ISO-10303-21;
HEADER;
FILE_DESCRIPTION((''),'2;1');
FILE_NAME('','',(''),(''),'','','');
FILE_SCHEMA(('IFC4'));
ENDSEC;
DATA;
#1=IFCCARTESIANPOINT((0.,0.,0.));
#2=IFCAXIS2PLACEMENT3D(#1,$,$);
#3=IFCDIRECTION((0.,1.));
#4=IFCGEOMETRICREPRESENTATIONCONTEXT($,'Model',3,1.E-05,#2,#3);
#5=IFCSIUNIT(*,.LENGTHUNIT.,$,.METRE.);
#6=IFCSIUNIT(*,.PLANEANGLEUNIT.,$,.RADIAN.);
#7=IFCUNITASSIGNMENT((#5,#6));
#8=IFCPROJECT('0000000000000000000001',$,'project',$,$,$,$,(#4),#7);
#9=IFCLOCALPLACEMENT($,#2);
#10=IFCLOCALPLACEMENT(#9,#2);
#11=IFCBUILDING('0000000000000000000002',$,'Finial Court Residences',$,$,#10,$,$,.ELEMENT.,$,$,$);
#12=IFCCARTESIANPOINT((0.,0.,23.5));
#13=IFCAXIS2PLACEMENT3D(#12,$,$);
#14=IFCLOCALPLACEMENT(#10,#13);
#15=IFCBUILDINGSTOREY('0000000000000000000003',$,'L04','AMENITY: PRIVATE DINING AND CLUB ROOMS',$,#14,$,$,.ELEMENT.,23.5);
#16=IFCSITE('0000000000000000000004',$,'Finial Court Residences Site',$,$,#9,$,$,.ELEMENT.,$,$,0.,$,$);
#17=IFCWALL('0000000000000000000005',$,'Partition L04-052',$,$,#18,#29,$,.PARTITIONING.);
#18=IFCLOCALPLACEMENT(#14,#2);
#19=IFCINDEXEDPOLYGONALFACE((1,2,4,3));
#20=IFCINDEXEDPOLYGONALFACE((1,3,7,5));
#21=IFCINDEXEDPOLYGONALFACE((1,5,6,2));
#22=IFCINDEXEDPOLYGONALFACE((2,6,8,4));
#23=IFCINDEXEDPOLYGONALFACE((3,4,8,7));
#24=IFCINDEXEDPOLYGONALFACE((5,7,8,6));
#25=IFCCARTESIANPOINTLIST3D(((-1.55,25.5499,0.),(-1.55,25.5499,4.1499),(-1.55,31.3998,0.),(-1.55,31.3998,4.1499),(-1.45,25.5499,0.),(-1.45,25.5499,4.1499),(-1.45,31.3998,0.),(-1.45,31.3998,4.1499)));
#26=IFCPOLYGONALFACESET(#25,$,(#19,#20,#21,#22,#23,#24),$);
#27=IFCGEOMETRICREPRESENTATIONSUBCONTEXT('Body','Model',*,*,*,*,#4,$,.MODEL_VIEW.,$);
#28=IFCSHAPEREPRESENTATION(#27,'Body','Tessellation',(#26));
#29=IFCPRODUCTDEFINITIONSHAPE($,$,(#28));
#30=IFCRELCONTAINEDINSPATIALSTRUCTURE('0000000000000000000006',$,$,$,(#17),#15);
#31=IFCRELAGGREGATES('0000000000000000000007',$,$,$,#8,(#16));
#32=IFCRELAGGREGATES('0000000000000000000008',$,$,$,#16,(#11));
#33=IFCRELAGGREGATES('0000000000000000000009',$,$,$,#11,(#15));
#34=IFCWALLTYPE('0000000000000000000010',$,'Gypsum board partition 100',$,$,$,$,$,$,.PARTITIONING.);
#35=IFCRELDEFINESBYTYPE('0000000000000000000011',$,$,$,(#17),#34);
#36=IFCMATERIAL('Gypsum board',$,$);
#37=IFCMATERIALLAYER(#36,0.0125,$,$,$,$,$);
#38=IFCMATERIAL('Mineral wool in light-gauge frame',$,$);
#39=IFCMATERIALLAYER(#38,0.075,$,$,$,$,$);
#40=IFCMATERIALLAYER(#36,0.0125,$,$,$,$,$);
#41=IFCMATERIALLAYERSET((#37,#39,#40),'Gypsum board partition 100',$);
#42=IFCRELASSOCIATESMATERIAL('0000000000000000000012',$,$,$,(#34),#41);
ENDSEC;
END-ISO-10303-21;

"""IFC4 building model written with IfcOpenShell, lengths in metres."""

from ifc_helpers import new_model, si_unit, direction, frame, frame_2d, origin, place, context, subcontext, project, spatial, rectangle, extrude, material, layer, layer_set, type_object, element, save


model = new_model("IFC4")

# Units and contexts
model_context = context("Model", 3, precision=1e-05, world=origin(), true_north=direction((0.0, 1.0)))
body_context = subcontext(model_context, "Body", "Model", "MODEL_VIEW")
ifc_project = project(units=[si_unit("LENGTHUNIT", "METRE"), si_unit("PLANEANGLEUNIT", "RADIAN")], contexts=[model_context])

# Site, building, storey
site_placement = place(None, origin())
site = spatial("IfcSite", under=ifc_project, at=site_placement, Name="Finial Court Residences Site", CompositionType="ELEMENT", RefElevation=0.0)
building_placement = place(site_placement, origin())
building = spatial("IfcBuilding", under=site, at=building_placement, Name="Finial Court Residences", CompositionType="ELEMENT")
storey_placement = place(building_placement, frame((0.0, 0.0, 23.5)))
storey = spatial("IfcBuildingStorey", under=building, at=storey_placement, Name="L04", Description="AMENITY: PRIVATE DINING AND CLUB ROOMS", CompositionType="ELEMENT", Elevation=23.5)

# Wall
ifc_material_1 = material(Name="Gypsum board")
ifc_layer_1 = layer(ifc_material_1, 0.0125)
ifc_material_2 = material(Name="Mineral wool in light-gauge frame")
ifc_layer_2 = layer(ifc_material_2, 0.075)
ifc_layer_3 = layer(ifc_material_1, 0.0125)
ifc_layer_set_1 = layer_set([ifc_layer_1, ifc_layer_2, ifc_layer_3], Name="Gypsum board partition 100")
wall_type = type_object("IfcWallType", Name="Gypsum board partition 100", PredefinedType="PARTITIONING", material=ifc_layer_set_1)
for number, where, z_axis, x_axis, name in (
    (1, (-1.5, 25.55, 0.0), (0.0, 0.0, 1.0), (0.0, 1.0, 0.0), "Partition L04-052"),
):
    element("IfcWall", number, at=place(storey_placement, frame(where, z_axis=z_axis, x_axis=x_axis)), inside=storey, type_object=wall_type, Name=name, PredefinedType="PARTITIONING", context=body_context, shape_type="SweptSolid", body=[
        extrude(rectangle(XDim=5.8499, YDim=0.1001, at=frame_2d((2.9248, 0.0))), origin(), (0.0, 0.0, 1.0), 4.1499),
    ])

save(model, "model.ifc")
